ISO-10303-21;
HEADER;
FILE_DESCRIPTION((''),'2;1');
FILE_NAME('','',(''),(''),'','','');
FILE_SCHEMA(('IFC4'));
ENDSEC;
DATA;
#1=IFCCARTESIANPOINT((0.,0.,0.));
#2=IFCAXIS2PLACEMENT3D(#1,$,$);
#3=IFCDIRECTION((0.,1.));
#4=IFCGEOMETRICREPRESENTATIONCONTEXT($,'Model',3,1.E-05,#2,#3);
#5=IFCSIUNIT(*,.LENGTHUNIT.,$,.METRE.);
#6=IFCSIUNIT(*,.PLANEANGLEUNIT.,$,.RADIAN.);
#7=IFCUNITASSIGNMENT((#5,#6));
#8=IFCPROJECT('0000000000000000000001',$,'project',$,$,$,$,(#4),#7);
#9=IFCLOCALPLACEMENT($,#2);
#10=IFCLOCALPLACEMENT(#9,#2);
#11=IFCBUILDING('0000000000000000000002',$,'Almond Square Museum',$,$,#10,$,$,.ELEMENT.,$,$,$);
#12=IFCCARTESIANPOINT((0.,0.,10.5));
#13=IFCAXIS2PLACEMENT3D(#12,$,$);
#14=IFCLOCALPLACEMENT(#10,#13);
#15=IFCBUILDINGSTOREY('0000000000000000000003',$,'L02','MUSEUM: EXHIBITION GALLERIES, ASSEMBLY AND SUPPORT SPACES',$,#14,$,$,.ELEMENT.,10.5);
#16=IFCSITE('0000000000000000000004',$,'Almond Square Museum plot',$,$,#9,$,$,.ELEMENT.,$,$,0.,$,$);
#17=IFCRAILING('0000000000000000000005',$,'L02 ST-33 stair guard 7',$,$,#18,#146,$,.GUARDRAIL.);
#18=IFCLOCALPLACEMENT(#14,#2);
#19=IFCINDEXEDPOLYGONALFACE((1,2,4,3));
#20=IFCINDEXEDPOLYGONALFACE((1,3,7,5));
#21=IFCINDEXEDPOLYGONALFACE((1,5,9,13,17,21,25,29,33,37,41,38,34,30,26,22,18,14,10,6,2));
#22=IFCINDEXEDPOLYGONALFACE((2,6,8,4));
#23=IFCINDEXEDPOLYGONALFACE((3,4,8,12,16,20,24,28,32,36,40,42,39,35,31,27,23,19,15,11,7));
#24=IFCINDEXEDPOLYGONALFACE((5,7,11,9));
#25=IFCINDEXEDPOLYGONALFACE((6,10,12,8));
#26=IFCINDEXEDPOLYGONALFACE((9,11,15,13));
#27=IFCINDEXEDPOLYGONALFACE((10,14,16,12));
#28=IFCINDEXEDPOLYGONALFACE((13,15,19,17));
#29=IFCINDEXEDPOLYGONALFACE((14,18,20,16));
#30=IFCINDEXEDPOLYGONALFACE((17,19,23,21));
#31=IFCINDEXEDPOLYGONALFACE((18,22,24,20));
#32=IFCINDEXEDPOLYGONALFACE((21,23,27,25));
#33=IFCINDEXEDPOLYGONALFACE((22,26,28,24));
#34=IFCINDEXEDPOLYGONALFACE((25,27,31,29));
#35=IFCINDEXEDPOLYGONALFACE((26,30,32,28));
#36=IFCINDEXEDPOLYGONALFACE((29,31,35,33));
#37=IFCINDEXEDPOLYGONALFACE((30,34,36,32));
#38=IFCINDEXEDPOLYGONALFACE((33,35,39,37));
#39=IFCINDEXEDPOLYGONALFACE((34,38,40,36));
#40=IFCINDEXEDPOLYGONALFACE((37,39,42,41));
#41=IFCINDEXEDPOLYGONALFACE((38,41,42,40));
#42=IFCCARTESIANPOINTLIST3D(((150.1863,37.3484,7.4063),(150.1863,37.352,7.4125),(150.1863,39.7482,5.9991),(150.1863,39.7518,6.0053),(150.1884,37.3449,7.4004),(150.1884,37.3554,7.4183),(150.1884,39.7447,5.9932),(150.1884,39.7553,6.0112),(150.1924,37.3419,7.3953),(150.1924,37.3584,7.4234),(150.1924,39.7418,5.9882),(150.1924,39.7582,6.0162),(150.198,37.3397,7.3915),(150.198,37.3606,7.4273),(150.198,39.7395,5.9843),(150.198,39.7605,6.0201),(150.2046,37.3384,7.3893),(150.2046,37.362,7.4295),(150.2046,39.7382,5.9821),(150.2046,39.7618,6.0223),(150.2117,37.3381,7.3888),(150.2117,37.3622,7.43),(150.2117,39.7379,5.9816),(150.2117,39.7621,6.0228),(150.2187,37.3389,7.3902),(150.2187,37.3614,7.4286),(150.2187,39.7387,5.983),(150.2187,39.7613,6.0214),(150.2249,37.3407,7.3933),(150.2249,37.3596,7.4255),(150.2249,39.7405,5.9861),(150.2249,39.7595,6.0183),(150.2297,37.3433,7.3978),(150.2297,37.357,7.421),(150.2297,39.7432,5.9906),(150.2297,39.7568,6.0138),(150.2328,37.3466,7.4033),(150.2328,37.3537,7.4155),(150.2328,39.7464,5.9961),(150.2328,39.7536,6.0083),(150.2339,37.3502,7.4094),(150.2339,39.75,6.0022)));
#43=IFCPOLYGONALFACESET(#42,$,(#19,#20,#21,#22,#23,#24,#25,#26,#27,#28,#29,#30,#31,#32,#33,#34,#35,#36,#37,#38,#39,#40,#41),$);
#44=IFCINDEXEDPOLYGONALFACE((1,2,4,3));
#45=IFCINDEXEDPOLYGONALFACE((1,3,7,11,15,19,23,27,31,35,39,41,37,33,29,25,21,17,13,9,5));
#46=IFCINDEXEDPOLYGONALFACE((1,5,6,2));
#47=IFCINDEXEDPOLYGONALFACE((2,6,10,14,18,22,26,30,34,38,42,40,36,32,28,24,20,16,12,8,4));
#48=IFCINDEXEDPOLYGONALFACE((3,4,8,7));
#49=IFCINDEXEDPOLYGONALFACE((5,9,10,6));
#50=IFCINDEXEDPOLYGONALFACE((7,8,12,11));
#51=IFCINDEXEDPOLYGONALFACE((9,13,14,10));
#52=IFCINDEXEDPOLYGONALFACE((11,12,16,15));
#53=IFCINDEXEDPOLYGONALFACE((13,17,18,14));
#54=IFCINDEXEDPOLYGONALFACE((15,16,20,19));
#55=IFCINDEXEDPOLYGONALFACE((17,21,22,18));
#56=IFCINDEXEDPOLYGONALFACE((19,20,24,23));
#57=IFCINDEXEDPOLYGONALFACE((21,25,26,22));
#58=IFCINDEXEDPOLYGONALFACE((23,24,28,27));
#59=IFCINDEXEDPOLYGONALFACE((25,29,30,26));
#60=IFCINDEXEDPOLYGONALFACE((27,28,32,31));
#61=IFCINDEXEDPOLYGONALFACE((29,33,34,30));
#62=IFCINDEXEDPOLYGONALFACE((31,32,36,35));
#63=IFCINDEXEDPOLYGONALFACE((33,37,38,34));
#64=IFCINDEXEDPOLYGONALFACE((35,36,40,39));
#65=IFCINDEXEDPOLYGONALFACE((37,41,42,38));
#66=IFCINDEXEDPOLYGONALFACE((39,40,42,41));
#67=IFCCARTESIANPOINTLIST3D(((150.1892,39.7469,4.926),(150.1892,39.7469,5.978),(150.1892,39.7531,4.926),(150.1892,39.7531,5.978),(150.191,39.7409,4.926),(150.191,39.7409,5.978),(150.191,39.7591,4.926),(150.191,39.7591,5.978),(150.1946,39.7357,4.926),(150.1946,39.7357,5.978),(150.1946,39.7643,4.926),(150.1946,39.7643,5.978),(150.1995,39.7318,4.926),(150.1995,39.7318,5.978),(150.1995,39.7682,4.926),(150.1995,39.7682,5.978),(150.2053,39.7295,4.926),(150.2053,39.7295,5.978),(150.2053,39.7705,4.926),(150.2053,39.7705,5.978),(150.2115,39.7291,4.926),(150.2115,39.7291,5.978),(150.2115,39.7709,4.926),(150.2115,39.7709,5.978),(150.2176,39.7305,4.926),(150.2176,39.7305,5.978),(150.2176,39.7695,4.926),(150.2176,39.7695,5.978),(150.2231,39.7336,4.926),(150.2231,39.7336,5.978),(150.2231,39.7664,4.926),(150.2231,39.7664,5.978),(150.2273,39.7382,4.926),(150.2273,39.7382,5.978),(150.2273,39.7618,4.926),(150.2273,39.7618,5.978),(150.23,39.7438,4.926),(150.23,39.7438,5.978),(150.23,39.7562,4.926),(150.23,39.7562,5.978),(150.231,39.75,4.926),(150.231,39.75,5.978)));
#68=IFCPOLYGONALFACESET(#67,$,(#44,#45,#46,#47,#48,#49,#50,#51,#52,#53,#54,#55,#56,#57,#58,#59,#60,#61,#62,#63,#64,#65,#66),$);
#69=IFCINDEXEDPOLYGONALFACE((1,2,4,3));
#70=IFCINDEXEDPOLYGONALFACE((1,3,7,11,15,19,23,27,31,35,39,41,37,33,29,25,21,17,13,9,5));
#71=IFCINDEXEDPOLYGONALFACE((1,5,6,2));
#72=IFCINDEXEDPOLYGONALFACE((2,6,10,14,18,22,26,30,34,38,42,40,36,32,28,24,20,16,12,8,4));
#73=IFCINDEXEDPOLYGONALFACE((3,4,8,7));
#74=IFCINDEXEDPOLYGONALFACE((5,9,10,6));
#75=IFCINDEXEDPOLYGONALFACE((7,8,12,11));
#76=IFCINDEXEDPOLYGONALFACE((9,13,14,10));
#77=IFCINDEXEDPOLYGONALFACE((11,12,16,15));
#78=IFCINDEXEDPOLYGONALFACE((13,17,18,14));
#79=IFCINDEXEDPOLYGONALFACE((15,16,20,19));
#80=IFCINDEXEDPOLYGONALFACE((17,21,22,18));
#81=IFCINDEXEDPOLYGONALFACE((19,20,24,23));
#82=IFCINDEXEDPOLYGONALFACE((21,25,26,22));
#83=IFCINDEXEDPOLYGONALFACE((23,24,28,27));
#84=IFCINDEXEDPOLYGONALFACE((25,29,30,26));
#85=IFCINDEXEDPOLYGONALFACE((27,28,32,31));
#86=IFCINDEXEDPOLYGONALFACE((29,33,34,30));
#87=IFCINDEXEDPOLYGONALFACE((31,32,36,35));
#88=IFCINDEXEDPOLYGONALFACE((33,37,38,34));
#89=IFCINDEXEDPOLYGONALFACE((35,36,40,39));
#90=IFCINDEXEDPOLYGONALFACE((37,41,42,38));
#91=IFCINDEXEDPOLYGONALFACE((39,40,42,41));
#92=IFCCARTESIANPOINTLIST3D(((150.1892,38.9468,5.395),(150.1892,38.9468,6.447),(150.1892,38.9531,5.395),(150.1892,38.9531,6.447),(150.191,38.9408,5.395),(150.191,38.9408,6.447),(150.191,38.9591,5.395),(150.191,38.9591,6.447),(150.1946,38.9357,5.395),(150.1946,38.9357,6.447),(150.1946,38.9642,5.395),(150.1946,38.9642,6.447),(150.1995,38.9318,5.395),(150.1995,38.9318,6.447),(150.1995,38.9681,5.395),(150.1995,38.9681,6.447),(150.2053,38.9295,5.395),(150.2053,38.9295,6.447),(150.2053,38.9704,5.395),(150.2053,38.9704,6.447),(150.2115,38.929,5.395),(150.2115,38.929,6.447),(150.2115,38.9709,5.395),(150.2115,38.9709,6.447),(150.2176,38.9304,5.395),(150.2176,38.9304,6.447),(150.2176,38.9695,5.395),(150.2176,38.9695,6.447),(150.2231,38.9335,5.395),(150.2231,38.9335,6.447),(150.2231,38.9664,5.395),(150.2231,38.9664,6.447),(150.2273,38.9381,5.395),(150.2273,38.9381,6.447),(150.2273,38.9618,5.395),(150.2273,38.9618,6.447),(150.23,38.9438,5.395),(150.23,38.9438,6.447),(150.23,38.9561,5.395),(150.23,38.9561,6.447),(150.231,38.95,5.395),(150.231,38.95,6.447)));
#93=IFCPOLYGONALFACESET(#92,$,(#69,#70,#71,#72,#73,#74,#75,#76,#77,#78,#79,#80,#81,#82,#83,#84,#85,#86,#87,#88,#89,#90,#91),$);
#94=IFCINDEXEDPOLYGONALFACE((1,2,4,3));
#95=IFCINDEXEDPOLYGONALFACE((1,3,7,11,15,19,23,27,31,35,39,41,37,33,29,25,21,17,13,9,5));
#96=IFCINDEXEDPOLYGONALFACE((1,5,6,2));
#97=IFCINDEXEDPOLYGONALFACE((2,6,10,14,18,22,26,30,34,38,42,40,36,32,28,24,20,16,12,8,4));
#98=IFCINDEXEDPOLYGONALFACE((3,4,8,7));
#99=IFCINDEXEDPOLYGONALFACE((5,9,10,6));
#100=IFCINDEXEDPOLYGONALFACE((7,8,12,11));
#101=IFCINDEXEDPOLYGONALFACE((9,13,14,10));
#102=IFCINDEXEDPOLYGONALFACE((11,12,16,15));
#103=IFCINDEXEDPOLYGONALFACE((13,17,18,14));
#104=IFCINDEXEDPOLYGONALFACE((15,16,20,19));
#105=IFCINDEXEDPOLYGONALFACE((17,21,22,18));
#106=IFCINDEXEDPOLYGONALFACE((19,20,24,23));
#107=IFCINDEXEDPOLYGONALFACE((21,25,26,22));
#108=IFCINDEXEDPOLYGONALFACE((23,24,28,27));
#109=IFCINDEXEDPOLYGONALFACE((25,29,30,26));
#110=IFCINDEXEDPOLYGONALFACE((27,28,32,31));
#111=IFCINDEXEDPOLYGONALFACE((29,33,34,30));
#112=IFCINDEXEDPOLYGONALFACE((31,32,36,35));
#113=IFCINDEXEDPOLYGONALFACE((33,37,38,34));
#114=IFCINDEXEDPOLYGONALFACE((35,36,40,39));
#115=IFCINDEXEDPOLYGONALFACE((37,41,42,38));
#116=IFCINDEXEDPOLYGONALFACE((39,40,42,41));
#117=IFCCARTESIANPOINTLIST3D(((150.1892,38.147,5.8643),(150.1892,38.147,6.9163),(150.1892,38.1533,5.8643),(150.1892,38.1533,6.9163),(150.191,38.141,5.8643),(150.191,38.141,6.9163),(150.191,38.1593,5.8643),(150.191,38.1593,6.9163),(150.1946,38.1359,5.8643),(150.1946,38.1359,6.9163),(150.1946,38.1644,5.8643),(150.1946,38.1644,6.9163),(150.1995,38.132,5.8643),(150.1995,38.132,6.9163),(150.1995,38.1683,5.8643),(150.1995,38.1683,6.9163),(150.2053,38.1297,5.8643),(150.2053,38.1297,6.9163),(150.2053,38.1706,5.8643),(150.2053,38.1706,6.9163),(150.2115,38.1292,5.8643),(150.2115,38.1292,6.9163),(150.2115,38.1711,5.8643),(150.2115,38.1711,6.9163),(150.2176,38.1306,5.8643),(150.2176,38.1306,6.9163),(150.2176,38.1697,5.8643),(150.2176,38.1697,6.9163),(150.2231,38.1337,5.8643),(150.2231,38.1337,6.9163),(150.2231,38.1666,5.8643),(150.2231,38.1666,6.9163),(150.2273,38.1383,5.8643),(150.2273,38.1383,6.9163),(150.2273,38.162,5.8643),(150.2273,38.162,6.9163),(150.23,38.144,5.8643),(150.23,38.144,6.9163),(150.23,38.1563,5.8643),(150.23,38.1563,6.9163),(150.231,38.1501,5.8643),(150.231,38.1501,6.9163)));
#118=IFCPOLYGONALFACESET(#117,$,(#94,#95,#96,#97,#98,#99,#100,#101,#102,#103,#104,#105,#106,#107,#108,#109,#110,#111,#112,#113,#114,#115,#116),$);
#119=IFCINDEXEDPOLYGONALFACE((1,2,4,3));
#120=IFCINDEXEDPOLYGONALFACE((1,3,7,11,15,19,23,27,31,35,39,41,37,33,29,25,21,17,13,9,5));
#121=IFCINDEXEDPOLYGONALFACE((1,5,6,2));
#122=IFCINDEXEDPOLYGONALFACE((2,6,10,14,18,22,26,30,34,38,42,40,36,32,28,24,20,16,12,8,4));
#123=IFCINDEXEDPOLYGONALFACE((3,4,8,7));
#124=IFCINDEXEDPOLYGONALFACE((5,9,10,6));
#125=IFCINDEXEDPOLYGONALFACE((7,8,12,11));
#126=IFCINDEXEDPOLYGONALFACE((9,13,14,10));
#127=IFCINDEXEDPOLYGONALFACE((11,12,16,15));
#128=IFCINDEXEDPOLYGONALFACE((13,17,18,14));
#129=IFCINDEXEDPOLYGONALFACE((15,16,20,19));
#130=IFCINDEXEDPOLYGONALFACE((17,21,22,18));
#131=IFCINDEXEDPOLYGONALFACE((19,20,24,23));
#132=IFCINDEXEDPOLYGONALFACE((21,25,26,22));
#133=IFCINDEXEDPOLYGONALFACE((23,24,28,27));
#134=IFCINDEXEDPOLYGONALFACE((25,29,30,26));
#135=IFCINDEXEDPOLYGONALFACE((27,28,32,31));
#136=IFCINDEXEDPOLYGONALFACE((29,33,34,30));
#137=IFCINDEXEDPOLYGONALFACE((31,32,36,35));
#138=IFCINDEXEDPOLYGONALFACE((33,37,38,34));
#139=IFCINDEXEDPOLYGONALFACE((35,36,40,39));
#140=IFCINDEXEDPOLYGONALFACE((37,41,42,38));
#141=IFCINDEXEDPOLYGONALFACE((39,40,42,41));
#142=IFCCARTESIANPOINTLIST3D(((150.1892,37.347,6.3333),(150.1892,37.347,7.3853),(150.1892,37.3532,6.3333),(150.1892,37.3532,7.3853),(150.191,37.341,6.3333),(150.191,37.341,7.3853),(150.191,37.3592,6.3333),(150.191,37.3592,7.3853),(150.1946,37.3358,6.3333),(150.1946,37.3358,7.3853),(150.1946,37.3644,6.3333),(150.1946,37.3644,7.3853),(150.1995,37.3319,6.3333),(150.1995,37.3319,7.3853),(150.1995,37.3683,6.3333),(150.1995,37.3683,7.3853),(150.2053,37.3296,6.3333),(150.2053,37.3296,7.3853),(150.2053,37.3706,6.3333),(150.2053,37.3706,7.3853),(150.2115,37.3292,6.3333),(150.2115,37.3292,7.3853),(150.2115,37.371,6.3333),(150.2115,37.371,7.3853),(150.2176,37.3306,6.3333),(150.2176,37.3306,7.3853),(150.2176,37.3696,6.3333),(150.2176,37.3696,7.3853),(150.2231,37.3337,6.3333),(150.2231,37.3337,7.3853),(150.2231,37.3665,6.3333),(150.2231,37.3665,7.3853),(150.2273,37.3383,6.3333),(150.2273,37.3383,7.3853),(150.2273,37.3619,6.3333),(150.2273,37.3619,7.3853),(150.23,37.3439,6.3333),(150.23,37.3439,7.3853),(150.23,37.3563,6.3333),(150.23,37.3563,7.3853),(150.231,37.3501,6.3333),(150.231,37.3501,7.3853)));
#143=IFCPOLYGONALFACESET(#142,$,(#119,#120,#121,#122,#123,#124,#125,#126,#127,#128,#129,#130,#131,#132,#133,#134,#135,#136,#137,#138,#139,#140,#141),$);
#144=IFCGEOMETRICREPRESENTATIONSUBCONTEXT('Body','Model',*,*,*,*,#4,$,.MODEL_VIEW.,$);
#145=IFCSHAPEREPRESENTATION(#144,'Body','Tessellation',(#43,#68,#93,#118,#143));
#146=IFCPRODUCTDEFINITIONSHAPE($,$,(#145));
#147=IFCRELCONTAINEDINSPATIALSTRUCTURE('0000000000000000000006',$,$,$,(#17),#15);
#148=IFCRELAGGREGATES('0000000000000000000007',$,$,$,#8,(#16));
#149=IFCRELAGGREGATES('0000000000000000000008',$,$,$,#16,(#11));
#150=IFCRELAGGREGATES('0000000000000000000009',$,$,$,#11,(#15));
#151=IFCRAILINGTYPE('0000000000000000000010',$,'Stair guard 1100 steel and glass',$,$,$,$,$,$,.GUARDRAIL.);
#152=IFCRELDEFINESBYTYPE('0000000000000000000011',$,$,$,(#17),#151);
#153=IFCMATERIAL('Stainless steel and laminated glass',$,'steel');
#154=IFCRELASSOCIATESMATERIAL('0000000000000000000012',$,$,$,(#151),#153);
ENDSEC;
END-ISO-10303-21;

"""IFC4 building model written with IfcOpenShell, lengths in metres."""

from ifc_helpers import new_model, si_unit, direction, frame, origin, origin_2d, place, context, subcontext, project, spatial, circle, extrude, material, type_object, element, save


model = new_model("IFC4")

# Units and contexts
model_context = context("Model", 3, precision=1e-05, world=origin(), true_north=direction((0.0, 1.0)))
body_context = subcontext(model_context, "Body", "Model", "MODEL_VIEW")
ifc_project = project(units=[si_unit("LENGTHUNIT", "METRE"), si_unit("PLANEANGLEUNIT", "RADIAN")], contexts=[model_context])

# Site, building, storey
site_placement = place(None, origin())
site = spatial("IfcSite", under=ifc_project, at=site_placement, Name="Almond Square Museum plot", CompositionType="ELEMENT", RefElevation=0.0)
building_placement = place(site_placement, origin())
building = spatial("IfcBuilding", under=site, at=building_placement, Name="Almond Square Museum", CompositionType="ELEMENT")
storey_placement = place(building_placement, frame((0.0, 0.0, 10.5)))
storey = spatial("IfcBuildingStorey", under=building, at=storey_placement, Name="L02", Description="MUSEUM: EXHIBITION GALLERIES, ASSEMBLY AND SUPPORT SPACES", CompositionType="ELEMENT", Elevation=10.5)

# Railing
ifc_material_1 = material(Name="Stainless steel and laminated glass", Category="steel")
railing_type_1 = type_object("IfcRailingType", Name="Stair guard 1100 steel and glass", PredefinedType="GUARDRAIL", material=ifc_material_1)
railing_1_placement = place(storey_placement, frame((150.21, 39.75, 4.926)))
element("IfcRailing", 1, at=railing_1_placement, inside=storey, type_object=railing_type_1, Name="L02 ST-33 stair guard 7", PredefinedType="GUARDRAIL", context=body_context, shape_type="SweptSolid", body=[
    extrude(circle(Radius=0.0239, at=origin_2d()), frame((0.0, 0.0, 1.0762), z_axis=(0.0, -0.862637, 0.505823), x_axis=(1.0, 0.0, 0.0)), (0.0, 0.0, 1.0), 2.782),
    extrude(circle(Radius=0.021, at=origin_2d()), origin(), (0.0, 0.0, 1.0), 1.052),
    extrude(circle(Radius=0.021, at=origin_2d()), frame((0.0, -0.8, 0.469)), (0.0, 0.0, 1.0), 1.052),
    extrude(circle(Radius=0.021, at=origin_2d()), frame((0.0, -1.5999, 0.9382)), (0.0, 0.0, 1.0), 1.052),
    extrude(circle(Radius=0.021, at=origin_2d()), frame((0.0, -2.3999, 1.4072)), (0.0, 0.0, 1.0), 1.052),
])

save(model, "model.ifc")
